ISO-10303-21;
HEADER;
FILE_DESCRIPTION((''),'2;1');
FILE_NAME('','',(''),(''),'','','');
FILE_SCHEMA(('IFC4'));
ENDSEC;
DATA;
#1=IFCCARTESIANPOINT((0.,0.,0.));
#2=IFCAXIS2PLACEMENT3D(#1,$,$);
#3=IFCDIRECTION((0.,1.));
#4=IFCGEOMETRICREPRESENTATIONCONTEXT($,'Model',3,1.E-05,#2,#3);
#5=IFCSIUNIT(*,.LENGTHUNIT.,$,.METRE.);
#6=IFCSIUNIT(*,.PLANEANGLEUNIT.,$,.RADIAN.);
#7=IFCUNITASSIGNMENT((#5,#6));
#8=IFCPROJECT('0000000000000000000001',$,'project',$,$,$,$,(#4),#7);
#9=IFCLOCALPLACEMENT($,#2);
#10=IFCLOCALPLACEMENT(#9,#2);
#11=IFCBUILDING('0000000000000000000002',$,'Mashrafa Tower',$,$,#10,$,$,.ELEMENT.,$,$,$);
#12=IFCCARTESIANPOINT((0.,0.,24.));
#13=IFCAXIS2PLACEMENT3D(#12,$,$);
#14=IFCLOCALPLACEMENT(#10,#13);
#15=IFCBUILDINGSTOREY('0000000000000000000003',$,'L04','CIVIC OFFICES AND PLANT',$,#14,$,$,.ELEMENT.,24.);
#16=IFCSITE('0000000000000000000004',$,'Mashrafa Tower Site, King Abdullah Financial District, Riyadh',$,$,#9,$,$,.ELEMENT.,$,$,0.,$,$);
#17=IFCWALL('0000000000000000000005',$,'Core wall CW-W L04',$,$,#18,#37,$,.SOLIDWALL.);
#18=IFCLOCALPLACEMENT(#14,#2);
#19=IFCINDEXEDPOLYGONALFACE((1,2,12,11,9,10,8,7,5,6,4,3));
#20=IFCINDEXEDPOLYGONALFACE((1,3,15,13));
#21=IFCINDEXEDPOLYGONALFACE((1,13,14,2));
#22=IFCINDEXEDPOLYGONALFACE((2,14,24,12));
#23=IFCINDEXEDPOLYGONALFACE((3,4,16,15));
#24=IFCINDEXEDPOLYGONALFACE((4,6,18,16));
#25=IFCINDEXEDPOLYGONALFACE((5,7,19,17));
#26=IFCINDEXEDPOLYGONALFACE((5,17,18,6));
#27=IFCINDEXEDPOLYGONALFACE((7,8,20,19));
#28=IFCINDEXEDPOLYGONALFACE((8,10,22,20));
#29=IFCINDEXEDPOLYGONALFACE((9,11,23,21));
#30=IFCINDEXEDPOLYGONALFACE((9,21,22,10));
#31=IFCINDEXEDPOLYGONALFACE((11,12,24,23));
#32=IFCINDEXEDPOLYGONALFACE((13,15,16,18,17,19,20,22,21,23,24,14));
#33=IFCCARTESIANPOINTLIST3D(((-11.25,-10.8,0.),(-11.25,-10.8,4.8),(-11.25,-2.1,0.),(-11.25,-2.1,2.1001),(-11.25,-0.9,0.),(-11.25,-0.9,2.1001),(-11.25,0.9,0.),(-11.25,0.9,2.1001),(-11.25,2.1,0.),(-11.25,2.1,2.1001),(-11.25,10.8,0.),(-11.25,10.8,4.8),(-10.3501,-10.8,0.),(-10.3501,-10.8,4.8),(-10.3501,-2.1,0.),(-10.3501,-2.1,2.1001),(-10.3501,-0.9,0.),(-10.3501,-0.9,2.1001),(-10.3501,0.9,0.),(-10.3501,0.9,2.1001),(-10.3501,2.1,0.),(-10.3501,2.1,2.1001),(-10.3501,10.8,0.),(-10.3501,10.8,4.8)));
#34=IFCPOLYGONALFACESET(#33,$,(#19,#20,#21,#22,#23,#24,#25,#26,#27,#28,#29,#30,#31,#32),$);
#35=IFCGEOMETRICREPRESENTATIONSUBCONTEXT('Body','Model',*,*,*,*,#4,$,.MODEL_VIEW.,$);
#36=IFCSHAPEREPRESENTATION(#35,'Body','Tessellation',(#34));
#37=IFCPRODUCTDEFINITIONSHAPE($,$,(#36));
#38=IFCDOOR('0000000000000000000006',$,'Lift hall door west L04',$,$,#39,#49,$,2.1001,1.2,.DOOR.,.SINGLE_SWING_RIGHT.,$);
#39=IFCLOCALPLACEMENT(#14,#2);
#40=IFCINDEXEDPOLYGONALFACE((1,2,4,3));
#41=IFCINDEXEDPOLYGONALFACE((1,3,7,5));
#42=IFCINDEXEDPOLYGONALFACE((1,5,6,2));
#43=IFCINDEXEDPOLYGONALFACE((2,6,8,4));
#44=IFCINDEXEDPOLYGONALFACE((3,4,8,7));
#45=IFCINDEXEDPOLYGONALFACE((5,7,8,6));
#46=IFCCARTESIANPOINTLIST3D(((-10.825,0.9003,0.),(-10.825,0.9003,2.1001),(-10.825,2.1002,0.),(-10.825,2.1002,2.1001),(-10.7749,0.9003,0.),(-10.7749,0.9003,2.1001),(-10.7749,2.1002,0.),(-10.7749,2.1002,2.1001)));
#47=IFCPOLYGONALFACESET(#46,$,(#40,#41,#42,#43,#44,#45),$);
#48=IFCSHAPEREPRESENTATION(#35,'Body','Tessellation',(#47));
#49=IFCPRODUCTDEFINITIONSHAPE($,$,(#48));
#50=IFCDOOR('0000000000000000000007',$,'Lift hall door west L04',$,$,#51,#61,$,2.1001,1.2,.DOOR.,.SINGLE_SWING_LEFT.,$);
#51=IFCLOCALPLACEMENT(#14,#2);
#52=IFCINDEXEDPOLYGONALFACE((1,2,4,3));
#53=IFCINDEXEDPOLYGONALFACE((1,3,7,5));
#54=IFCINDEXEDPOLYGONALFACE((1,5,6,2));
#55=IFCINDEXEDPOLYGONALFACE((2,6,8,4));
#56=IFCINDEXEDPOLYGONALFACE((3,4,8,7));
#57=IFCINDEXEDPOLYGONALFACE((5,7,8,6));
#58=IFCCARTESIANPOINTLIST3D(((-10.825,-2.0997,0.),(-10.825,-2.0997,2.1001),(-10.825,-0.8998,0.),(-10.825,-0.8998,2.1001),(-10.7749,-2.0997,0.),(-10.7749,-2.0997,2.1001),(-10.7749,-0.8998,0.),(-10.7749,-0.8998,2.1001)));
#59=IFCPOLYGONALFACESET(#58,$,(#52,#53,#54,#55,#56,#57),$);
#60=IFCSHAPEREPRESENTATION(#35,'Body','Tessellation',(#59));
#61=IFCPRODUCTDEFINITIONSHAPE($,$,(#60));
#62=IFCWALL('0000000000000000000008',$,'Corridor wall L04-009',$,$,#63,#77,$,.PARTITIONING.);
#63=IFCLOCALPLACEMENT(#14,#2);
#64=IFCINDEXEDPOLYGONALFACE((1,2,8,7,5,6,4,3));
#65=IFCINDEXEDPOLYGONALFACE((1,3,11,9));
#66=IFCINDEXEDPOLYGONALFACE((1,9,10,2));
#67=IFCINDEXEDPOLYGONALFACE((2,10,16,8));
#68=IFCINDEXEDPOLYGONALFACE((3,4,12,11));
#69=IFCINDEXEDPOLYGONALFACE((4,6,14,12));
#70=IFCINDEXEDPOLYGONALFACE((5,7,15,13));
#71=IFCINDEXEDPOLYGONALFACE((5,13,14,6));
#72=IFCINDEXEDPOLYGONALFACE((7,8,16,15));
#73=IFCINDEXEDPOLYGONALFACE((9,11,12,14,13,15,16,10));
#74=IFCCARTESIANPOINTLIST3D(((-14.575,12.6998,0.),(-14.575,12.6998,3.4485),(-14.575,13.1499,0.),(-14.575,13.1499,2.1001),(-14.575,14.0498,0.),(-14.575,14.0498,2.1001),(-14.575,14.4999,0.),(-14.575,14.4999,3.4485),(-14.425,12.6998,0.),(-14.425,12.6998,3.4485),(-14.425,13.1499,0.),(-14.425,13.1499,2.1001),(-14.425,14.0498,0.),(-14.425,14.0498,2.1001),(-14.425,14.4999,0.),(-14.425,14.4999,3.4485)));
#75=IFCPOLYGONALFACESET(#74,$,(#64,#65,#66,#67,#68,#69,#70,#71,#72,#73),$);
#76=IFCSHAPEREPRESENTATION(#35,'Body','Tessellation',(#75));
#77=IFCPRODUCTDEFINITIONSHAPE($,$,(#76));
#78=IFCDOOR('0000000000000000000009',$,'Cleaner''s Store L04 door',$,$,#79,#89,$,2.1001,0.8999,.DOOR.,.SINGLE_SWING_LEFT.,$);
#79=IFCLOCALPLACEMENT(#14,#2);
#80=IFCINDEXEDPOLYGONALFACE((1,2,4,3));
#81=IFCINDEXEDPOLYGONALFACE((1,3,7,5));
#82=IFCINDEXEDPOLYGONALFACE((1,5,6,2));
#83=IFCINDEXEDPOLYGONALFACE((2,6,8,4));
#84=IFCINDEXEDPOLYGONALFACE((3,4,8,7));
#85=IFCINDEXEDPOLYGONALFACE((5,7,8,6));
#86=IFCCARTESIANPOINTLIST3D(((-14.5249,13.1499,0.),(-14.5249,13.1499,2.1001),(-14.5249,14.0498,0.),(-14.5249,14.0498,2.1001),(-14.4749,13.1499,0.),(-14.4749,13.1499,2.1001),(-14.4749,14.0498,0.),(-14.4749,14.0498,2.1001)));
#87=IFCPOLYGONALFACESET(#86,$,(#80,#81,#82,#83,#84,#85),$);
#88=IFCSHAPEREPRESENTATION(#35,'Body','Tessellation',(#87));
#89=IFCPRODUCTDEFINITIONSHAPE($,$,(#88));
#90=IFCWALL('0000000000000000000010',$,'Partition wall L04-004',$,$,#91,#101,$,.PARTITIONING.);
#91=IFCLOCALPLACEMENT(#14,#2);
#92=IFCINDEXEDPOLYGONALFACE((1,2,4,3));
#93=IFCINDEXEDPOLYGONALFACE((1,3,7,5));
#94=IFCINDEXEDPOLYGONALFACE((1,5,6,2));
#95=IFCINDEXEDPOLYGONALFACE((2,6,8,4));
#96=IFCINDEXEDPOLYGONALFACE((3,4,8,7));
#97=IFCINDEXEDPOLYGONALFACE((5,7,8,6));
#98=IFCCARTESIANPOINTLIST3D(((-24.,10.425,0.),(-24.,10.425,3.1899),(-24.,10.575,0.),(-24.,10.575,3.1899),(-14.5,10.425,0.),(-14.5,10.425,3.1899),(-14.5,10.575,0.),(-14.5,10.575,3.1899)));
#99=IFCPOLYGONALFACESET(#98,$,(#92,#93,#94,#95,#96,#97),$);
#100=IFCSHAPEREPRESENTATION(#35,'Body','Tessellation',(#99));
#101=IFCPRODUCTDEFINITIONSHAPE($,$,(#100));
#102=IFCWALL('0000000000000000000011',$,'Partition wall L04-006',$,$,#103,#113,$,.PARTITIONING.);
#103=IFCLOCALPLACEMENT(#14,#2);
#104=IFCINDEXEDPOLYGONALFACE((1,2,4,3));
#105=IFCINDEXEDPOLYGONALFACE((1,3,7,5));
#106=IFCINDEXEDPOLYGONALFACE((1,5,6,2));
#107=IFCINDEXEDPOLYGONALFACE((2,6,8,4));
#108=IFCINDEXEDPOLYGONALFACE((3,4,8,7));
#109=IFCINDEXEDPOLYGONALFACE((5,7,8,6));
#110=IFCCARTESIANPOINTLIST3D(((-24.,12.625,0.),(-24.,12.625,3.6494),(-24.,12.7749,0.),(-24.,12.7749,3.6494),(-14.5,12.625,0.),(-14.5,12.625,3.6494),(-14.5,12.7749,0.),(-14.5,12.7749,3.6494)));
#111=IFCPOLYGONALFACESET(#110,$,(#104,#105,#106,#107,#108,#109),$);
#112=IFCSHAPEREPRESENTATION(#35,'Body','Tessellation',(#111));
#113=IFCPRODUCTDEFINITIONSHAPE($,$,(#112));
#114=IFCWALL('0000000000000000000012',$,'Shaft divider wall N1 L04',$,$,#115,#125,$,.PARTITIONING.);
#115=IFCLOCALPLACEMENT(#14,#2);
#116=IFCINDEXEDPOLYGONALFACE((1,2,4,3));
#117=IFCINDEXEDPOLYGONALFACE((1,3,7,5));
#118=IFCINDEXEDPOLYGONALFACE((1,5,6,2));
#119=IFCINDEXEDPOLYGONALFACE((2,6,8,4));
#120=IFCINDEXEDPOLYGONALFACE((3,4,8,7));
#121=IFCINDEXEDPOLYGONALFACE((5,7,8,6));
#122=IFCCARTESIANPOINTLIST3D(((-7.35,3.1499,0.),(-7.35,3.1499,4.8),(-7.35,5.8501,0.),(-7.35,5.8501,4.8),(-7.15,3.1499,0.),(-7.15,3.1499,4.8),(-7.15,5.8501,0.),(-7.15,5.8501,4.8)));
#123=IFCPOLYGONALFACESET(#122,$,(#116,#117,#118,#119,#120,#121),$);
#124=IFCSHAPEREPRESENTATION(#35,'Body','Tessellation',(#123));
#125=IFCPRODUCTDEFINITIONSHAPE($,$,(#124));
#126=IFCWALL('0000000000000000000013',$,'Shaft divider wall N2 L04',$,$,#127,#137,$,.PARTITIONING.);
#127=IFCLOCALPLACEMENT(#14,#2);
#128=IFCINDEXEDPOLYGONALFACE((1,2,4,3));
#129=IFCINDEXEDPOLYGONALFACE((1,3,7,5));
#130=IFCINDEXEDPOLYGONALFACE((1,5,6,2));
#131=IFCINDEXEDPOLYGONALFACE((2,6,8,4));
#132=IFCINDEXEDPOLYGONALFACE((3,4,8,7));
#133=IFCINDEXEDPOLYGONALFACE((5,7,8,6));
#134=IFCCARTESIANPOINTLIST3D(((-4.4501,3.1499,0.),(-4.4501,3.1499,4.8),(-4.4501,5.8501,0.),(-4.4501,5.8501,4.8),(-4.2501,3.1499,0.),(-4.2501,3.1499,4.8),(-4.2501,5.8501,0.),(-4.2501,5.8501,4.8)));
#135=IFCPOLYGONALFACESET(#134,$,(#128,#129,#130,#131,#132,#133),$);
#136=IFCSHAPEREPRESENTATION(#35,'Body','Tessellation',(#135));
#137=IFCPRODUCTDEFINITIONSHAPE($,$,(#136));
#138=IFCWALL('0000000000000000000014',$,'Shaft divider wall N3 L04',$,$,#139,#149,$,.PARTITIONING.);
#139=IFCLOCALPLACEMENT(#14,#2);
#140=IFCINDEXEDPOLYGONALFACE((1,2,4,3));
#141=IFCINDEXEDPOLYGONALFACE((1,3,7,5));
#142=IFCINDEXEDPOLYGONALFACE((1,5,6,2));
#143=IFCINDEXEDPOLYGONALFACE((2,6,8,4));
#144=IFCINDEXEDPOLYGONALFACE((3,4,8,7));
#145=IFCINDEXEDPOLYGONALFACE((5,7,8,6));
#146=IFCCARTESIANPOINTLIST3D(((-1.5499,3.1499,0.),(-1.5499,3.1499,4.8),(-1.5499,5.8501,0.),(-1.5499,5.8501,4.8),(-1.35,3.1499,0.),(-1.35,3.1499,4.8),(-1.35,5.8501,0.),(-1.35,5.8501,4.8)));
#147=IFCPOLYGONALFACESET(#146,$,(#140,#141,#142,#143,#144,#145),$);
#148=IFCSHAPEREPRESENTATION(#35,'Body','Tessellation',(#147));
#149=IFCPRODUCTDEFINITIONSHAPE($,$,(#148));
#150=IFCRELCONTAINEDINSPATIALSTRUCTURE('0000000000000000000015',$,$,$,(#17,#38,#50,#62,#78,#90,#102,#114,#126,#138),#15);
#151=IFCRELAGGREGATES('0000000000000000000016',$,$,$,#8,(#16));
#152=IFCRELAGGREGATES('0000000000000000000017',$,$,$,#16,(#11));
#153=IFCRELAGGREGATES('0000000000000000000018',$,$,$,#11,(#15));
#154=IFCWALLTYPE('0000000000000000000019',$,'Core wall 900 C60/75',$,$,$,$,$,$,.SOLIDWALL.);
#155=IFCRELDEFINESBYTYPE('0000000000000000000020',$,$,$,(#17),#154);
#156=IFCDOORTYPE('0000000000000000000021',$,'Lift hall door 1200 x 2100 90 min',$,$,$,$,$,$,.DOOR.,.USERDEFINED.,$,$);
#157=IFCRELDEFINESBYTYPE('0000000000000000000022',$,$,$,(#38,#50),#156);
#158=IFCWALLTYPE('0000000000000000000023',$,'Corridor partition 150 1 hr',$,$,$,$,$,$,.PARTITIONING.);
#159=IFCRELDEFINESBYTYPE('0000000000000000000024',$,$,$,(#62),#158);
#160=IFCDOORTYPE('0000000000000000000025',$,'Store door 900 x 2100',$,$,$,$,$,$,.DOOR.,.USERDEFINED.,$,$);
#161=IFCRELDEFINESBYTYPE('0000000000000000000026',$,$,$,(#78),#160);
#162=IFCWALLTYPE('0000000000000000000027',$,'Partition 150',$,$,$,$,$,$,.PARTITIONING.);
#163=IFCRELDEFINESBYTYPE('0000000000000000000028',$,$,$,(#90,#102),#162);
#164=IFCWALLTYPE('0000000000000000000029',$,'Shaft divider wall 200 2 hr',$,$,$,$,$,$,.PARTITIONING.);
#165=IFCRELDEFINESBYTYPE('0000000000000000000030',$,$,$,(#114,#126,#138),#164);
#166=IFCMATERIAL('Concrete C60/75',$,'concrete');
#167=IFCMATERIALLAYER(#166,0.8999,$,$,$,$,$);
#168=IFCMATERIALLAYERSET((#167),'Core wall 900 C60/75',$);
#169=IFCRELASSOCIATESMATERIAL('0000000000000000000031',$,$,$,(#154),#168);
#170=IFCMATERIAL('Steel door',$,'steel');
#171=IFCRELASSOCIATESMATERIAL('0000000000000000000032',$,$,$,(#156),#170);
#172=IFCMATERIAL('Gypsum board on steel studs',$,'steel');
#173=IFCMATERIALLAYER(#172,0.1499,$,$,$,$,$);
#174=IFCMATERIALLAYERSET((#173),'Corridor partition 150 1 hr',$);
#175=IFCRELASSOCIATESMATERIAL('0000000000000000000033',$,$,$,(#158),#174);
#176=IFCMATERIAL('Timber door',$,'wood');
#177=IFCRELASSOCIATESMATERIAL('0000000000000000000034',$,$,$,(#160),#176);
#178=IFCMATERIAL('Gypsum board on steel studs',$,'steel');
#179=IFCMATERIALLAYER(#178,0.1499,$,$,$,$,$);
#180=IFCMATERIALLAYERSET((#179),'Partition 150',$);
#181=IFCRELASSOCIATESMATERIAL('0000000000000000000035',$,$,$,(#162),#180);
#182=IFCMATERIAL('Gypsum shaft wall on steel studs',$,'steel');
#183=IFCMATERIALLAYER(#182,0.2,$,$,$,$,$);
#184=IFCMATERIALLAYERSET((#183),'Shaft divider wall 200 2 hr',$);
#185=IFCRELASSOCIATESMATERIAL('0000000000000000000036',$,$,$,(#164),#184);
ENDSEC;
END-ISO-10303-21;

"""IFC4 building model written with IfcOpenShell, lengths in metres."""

from ifc_helpers import new_model, si_unit, direction, frame, frame_2d, origin, place, context, subcontext, project, spatial, rectangle, extrude, material, layer, layer_set, type_object, element, fill, save


model = new_model("IFC4")

# Units and contexts
model_context = context("Model", 3, precision=1e-05, world=origin(), true_north=direction((0.0, 1.0)))
body_context = subcontext(model_context, "Body", "Model", "MODEL_VIEW")
ifc_project = project(units=[si_unit("LENGTHUNIT", "METRE"), si_unit("PLANEANGLEUNIT", "RADIAN")], contexts=[model_context])

# Site, building, storey
site_placement = place(None, origin())
site = spatial("IfcSite", under=ifc_project, at=site_placement, Name="Mashrafa Tower Site, King Abdullah Financial District, Riyadh", CompositionType="ELEMENT", RefElevation=0.0)
building_placement = place(site_placement, origin())
building = spatial("IfcBuilding", under=site, at=building_placement, Name="Mashrafa Tower", CompositionType="ELEMENT")
storey_placement = place(building_placement, frame((0.0, 0.0, 24.0)))
storey = spatial("IfcBuildingStorey", under=building, at=storey_placement, Name="L04", Description="CIVIC OFFICES AND PLANT", CompositionType="ELEMENT", Elevation=24.0)

# Wall, openings, doors
ifc_material_1 = material(Name="Concrete C60/75", Category="concrete")
ifc_layer_1 = layer(ifc_material_1, 0.8999)
ifc_layer_set_1 = layer_set([ifc_layer_1], Name="Core wall 900 C60/75")
wall_type_1 = type_object("IfcWallType", Name="Core wall 900 C60/75", PredefinedType="SOLIDWALL", material=ifc_layer_set_1)
wall_1_placement = place(storey_placement, frame((-10.8, 10.8, 0.0), z_axis=(0.0, 0.0, 1.0), x_axis=(0.0, -1.0, 0.0)))
wall_1 = element("IfcWall", 1, at=wall_1_placement, inside=storey, type_object=wall_type_1, Name="Core wall CW-W L04", PredefinedType="SOLIDWALL", context=body_context, shape_type="SweptSolid", body=[
    extrude(rectangle(XDim=21.6001, YDim=0.8999, at=frame_2d((10.8, 0.0))), origin(), (0.0, 0.0, 1.0), 4.8),
])
opening_1_placement = place(wall_1_placement, frame((8.7, 0.0, 0.0)))
opening_1 = element("IfcOpeningElement", 2, at=opening_1_placement, cuts=wall_1, PredefinedType="OPENING", context=body_context, shape_type="SweptSolid", body=[
    extrude(rectangle(XDim=1.2, YDim=2.1001, at=frame_2d((0.6001, 1.05))), frame((0.0, 0.46, 0.0), z_axis=(0.0, -1.0, 0.0), x_axis=(1.0, 0.0, 0.0)), (0.0, 0.0, 1.0), 0.9199),
])
opening_2_placement = place(wall_1_placement, frame((11.7, 0.0, 0.0)))
opening_2 = element("IfcOpeningElement", 3, at=opening_2_placement, cuts=wall_1, PredefinedType="OPENING", context=body_context, shape_type="SweptSolid", body=[
    extrude(rectangle(XDim=1.2, YDim=2.1001, at=frame_2d((0.6001, 1.05))), frame((0.0, 0.46, 0.0), z_axis=(0.0, -1.0, 0.0), x_axis=(1.0, 0.0, 0.0)), (0.0, 0.0, 1.0), 0.9199),
])
ifc_material_2 = material(Name="Steel door", Category="steel")
door_type_1 = type_object("IfcDoorType", Name="Lift hall door 1200 x 2100 90 min", OperationType="USERDEFINED", PredefinedType="DOOR", material=ifc_material_2)
door_1_placement = place(opening_1_placement, frame((1.2, 0.0, 0.0), z_axis=(0.0, 0.0, 1.0), x_axis=(-1.0, 0.0, 0.0)))
door_1 = element("IfcDoor", 4, at=door_1_placement, inside=storey, type_object=door_type_1, Name="Lift hall door west L04", OperationType="SINGLE_SWING_RIGHT", OverallHeight=2.1001, OverallWidth=1.2, PredefinedType="DOOR", context=body_context, shape_type="SweptSolid", body=[
    extrude(rectangle(XDim=1.2, YDim=2.1001, at=frame_2d((0.6001, 1.05))), frame((0.0, 0.0249, 0.0), z_axis=(0.0, -1.0, 0.0), x_axis=(1.0, 0.0, 0.0)), (0.0, 0.0, 1.0), 0.05),
])
fill(opening_1, door_1)
door_2_placement = place(opening_2_placement, frame((1.2, 0.0, 0.0), z_axis=(0.0, 0.0, 1.0), x_axis=(-1.0, 0.0, 0.0)))
door_2 = element("IfcDoor", 5, at=door_2_placement, inside=storey, type_object=door_type_1, Name="Lift hall door west L04", OperationType="SINGLE_SWING_LEFT", OverallHeight=2.1001, OverallWidth=1.2, PredefinedType="DOOR", context=body_context, shape_type="SweptSolid", body=[
    extrude(rectangle(XDim=1.2, YDim=2.1001, at=frame_2d((0.6001, 1.05))), frame((0.0, 0.0249, 0.0), z_axis=(0.0, -1.0, 0.0), x_axis=(1.0, 0.0, 0.0)), (0.0, 0.0, 1.0), 0.05),
])
fill(opening_2, door_2)

# Wall, opening, door
ifc_material_3 = material(Name="Gypsum board on steel studs", Category="steel")
ifc_layer_2 = layer(ifc_material_3, 0.1499)
ifc_layer_set_2 = layer_set([ifc_layer_2], Name="Corridor partition 150 1 hr")
wall_type_2 = type_object("IfcWallType", Name="Corridor partition 150 1 hr", PredefinedType="PARTITIONING", material=ifc_layer_set_2)
wall_2_placement = place(storey_placement, frame((-14.5, 12.7, 0.0), z_axis=(0.0, 0.0, 1.0), x_axis=(0.0, 1.0, 0.0)))
wall_2 = element("IfcWall", 6, at=wall_2_placement, inside=storey, type_object=wall_type_2, Name="Corridor wall L04-009", PredefinedType="PARTITIONING", context=body_context, shape_type="SweptSolid", body=[
    extrude(rectangle(XDim=1.8, YDim=0.1499, at=frame_2d((0.8999, 0.0))), origin(), (0.0, 0.0, 1.0), 3.4485),
])
opening_3_placement = place(wall_2_placement, frame((0.45, 0.0, 0.0)))
opening_3 = element("IfcOpeningElement", 7, at=opening_3_placement, cuts=wall_2, PredefinedType="OPENING", context=body_context, shape_type="SweptSolid", body=[
    extrude(rectangle(XDim=0.8999, YDim=2.1001, at=frame_2d((0.45, 1.05))), frame((0.0, 0.085, 0.0), z_axis=(0.0, -1.0, 0.0), x_axis=(1.0, 0.0, 0.0)), (0.0, 0.0, 1.0), 0.1699),
])
ifc_material_4 = material(Name="Timber door", Category="wood")
door_type_2 = type_object("IfcDoorType", Name="Store door 900 x 2100", OperationType="USERDEFINED", PredefinedType="DOOR", material=ifc_material_4)
door_3_placement = place(opening_3_placement, origin())
door_3 = element("IfcDoor", 8, at=door_3_placement, inside=storey, type_object=door_type_2, Name="Cleaner's Store L04 door", OperationType="SINGLE_SWING_LEFT", OverallHeight=2.1001, OverallWidth=0.8999, PredefinedType="DOOR", context=body_context, shape_type="SweptSolid", body=[
    extrude(rectangle(XDim=0.8999, YDim=2.1001, at=frame_2d((0.45, 1.05))), frame((0.0, 0.0249, 0.0), z_axis=(0.0, -1.0, 0.0), x_axis=(1.0, 0.0, 0.0)), (0.0, 0.0, 1.0), 0.05),
])
fill(opening_3, door_3)

# Walls
ifc_material_5 = material(Name="Gypsum board on steel studs", Category="steel")
ifc_layer_3 = layer(ifc_material_5, 0.1499)
ifc_layer_set_3 = layer_set([ifc_layer_3], Name="Partition 150")
wall_type_3 = type_object("IfcWallType", Name="Partition 150", PredefinedType="PARTITIONING", material=ifc_layer_set_3)
wall_3_placement = place(storey_placement, frame((-14.5, 10.5, 0.0), z_axis=(0.0, 0.0, 1.0), x_axis=(-1.0, 0.0, 0.0)))
element("IfcWall", 9, at=wall_3_placement, inside=storey, type_object=wall_type_3, Name="Partition wall L04-004", PredefinedType="PARTITIONING", context=body_context, shape_type="SweptSolid", body=[
    extrude(rectangle(XDim=9.5, YDim=0.1499, at=frame_2d((4.75, 0.0))), origin(), (0.0, 0.0, 1.0), 3.1899),
])
wall_4_placement = place(storey_placement, frame((-14.5, 12.7, 0.0), z_axis=(0.0, 0.0, 1.0), x_axis=(-1.0, 0.0, 0.0)))
element("IfcWall", 10, at=wall_4_placement, inside=storey, type_object=wall_type_3, Name="Partition wall L04-006", PredefinedType="PARTITIONING", context=body_context, shape_type="SweptSolid", body=[
    extrude(rectangle(XDim=9.5, YDim=0.1499, at=frame_2d((4.75, 0.0))), origin(), (0.0, 0.0, 1.0), 3.6494),
])
ifc_material_6 = material(Name="Gypsum shaft wall on steel studs", Category="steel")
ifc_layer_4 = layer(ifc_material_6, 0.2)
ifc_layer_set_4 = layer_set([ifc_layer_4], Name="Shaft divider wall 200 2 hr")
wall_type_4 = type_object("IfcWallType", Name="Shaft divider wall 200 2 hr", PredefinedType="PARTITIONING", material=ifc_layer_set_4)
for number, where, z_axis, x_axis, name in (
    (11, (-7.25, 3.1499, 0.0), (0.0, 0.0, 1.0), (0.0, 1.0, 0.0), "Shaft divider wall N1 L04"),
    (12, (-4.3501, 3.1499, 0.0), (0.0, 0.0, 1.0), (0.0, 1.0, 0.0), "Shaft divider wall N2 L04"),
    (13, (-1.45, 3.1499, 0.0), (0.0, 0.0, 1.0), (0.0, 1.0, 0.0), "Shaft divider wall N3 L04"),
):
    element("IfcWall", number, at=place(storey_placement, frame(where, z_axis=z_axis, x_axis=x_axis)), inside=storey, type_object=wall_type_4, Name=name, PredefinedType="PARTITIONING", context=body_context, shape_type="SweptSolid", body=[
        extrude(rectangle(XDim=2.7002, YDim=0.2, at=frame_2d((1.3501, 0.0))), origin(), (0.0, 0.0, 1.0), 4.8),
    ])

save(model, "model.ifc")
